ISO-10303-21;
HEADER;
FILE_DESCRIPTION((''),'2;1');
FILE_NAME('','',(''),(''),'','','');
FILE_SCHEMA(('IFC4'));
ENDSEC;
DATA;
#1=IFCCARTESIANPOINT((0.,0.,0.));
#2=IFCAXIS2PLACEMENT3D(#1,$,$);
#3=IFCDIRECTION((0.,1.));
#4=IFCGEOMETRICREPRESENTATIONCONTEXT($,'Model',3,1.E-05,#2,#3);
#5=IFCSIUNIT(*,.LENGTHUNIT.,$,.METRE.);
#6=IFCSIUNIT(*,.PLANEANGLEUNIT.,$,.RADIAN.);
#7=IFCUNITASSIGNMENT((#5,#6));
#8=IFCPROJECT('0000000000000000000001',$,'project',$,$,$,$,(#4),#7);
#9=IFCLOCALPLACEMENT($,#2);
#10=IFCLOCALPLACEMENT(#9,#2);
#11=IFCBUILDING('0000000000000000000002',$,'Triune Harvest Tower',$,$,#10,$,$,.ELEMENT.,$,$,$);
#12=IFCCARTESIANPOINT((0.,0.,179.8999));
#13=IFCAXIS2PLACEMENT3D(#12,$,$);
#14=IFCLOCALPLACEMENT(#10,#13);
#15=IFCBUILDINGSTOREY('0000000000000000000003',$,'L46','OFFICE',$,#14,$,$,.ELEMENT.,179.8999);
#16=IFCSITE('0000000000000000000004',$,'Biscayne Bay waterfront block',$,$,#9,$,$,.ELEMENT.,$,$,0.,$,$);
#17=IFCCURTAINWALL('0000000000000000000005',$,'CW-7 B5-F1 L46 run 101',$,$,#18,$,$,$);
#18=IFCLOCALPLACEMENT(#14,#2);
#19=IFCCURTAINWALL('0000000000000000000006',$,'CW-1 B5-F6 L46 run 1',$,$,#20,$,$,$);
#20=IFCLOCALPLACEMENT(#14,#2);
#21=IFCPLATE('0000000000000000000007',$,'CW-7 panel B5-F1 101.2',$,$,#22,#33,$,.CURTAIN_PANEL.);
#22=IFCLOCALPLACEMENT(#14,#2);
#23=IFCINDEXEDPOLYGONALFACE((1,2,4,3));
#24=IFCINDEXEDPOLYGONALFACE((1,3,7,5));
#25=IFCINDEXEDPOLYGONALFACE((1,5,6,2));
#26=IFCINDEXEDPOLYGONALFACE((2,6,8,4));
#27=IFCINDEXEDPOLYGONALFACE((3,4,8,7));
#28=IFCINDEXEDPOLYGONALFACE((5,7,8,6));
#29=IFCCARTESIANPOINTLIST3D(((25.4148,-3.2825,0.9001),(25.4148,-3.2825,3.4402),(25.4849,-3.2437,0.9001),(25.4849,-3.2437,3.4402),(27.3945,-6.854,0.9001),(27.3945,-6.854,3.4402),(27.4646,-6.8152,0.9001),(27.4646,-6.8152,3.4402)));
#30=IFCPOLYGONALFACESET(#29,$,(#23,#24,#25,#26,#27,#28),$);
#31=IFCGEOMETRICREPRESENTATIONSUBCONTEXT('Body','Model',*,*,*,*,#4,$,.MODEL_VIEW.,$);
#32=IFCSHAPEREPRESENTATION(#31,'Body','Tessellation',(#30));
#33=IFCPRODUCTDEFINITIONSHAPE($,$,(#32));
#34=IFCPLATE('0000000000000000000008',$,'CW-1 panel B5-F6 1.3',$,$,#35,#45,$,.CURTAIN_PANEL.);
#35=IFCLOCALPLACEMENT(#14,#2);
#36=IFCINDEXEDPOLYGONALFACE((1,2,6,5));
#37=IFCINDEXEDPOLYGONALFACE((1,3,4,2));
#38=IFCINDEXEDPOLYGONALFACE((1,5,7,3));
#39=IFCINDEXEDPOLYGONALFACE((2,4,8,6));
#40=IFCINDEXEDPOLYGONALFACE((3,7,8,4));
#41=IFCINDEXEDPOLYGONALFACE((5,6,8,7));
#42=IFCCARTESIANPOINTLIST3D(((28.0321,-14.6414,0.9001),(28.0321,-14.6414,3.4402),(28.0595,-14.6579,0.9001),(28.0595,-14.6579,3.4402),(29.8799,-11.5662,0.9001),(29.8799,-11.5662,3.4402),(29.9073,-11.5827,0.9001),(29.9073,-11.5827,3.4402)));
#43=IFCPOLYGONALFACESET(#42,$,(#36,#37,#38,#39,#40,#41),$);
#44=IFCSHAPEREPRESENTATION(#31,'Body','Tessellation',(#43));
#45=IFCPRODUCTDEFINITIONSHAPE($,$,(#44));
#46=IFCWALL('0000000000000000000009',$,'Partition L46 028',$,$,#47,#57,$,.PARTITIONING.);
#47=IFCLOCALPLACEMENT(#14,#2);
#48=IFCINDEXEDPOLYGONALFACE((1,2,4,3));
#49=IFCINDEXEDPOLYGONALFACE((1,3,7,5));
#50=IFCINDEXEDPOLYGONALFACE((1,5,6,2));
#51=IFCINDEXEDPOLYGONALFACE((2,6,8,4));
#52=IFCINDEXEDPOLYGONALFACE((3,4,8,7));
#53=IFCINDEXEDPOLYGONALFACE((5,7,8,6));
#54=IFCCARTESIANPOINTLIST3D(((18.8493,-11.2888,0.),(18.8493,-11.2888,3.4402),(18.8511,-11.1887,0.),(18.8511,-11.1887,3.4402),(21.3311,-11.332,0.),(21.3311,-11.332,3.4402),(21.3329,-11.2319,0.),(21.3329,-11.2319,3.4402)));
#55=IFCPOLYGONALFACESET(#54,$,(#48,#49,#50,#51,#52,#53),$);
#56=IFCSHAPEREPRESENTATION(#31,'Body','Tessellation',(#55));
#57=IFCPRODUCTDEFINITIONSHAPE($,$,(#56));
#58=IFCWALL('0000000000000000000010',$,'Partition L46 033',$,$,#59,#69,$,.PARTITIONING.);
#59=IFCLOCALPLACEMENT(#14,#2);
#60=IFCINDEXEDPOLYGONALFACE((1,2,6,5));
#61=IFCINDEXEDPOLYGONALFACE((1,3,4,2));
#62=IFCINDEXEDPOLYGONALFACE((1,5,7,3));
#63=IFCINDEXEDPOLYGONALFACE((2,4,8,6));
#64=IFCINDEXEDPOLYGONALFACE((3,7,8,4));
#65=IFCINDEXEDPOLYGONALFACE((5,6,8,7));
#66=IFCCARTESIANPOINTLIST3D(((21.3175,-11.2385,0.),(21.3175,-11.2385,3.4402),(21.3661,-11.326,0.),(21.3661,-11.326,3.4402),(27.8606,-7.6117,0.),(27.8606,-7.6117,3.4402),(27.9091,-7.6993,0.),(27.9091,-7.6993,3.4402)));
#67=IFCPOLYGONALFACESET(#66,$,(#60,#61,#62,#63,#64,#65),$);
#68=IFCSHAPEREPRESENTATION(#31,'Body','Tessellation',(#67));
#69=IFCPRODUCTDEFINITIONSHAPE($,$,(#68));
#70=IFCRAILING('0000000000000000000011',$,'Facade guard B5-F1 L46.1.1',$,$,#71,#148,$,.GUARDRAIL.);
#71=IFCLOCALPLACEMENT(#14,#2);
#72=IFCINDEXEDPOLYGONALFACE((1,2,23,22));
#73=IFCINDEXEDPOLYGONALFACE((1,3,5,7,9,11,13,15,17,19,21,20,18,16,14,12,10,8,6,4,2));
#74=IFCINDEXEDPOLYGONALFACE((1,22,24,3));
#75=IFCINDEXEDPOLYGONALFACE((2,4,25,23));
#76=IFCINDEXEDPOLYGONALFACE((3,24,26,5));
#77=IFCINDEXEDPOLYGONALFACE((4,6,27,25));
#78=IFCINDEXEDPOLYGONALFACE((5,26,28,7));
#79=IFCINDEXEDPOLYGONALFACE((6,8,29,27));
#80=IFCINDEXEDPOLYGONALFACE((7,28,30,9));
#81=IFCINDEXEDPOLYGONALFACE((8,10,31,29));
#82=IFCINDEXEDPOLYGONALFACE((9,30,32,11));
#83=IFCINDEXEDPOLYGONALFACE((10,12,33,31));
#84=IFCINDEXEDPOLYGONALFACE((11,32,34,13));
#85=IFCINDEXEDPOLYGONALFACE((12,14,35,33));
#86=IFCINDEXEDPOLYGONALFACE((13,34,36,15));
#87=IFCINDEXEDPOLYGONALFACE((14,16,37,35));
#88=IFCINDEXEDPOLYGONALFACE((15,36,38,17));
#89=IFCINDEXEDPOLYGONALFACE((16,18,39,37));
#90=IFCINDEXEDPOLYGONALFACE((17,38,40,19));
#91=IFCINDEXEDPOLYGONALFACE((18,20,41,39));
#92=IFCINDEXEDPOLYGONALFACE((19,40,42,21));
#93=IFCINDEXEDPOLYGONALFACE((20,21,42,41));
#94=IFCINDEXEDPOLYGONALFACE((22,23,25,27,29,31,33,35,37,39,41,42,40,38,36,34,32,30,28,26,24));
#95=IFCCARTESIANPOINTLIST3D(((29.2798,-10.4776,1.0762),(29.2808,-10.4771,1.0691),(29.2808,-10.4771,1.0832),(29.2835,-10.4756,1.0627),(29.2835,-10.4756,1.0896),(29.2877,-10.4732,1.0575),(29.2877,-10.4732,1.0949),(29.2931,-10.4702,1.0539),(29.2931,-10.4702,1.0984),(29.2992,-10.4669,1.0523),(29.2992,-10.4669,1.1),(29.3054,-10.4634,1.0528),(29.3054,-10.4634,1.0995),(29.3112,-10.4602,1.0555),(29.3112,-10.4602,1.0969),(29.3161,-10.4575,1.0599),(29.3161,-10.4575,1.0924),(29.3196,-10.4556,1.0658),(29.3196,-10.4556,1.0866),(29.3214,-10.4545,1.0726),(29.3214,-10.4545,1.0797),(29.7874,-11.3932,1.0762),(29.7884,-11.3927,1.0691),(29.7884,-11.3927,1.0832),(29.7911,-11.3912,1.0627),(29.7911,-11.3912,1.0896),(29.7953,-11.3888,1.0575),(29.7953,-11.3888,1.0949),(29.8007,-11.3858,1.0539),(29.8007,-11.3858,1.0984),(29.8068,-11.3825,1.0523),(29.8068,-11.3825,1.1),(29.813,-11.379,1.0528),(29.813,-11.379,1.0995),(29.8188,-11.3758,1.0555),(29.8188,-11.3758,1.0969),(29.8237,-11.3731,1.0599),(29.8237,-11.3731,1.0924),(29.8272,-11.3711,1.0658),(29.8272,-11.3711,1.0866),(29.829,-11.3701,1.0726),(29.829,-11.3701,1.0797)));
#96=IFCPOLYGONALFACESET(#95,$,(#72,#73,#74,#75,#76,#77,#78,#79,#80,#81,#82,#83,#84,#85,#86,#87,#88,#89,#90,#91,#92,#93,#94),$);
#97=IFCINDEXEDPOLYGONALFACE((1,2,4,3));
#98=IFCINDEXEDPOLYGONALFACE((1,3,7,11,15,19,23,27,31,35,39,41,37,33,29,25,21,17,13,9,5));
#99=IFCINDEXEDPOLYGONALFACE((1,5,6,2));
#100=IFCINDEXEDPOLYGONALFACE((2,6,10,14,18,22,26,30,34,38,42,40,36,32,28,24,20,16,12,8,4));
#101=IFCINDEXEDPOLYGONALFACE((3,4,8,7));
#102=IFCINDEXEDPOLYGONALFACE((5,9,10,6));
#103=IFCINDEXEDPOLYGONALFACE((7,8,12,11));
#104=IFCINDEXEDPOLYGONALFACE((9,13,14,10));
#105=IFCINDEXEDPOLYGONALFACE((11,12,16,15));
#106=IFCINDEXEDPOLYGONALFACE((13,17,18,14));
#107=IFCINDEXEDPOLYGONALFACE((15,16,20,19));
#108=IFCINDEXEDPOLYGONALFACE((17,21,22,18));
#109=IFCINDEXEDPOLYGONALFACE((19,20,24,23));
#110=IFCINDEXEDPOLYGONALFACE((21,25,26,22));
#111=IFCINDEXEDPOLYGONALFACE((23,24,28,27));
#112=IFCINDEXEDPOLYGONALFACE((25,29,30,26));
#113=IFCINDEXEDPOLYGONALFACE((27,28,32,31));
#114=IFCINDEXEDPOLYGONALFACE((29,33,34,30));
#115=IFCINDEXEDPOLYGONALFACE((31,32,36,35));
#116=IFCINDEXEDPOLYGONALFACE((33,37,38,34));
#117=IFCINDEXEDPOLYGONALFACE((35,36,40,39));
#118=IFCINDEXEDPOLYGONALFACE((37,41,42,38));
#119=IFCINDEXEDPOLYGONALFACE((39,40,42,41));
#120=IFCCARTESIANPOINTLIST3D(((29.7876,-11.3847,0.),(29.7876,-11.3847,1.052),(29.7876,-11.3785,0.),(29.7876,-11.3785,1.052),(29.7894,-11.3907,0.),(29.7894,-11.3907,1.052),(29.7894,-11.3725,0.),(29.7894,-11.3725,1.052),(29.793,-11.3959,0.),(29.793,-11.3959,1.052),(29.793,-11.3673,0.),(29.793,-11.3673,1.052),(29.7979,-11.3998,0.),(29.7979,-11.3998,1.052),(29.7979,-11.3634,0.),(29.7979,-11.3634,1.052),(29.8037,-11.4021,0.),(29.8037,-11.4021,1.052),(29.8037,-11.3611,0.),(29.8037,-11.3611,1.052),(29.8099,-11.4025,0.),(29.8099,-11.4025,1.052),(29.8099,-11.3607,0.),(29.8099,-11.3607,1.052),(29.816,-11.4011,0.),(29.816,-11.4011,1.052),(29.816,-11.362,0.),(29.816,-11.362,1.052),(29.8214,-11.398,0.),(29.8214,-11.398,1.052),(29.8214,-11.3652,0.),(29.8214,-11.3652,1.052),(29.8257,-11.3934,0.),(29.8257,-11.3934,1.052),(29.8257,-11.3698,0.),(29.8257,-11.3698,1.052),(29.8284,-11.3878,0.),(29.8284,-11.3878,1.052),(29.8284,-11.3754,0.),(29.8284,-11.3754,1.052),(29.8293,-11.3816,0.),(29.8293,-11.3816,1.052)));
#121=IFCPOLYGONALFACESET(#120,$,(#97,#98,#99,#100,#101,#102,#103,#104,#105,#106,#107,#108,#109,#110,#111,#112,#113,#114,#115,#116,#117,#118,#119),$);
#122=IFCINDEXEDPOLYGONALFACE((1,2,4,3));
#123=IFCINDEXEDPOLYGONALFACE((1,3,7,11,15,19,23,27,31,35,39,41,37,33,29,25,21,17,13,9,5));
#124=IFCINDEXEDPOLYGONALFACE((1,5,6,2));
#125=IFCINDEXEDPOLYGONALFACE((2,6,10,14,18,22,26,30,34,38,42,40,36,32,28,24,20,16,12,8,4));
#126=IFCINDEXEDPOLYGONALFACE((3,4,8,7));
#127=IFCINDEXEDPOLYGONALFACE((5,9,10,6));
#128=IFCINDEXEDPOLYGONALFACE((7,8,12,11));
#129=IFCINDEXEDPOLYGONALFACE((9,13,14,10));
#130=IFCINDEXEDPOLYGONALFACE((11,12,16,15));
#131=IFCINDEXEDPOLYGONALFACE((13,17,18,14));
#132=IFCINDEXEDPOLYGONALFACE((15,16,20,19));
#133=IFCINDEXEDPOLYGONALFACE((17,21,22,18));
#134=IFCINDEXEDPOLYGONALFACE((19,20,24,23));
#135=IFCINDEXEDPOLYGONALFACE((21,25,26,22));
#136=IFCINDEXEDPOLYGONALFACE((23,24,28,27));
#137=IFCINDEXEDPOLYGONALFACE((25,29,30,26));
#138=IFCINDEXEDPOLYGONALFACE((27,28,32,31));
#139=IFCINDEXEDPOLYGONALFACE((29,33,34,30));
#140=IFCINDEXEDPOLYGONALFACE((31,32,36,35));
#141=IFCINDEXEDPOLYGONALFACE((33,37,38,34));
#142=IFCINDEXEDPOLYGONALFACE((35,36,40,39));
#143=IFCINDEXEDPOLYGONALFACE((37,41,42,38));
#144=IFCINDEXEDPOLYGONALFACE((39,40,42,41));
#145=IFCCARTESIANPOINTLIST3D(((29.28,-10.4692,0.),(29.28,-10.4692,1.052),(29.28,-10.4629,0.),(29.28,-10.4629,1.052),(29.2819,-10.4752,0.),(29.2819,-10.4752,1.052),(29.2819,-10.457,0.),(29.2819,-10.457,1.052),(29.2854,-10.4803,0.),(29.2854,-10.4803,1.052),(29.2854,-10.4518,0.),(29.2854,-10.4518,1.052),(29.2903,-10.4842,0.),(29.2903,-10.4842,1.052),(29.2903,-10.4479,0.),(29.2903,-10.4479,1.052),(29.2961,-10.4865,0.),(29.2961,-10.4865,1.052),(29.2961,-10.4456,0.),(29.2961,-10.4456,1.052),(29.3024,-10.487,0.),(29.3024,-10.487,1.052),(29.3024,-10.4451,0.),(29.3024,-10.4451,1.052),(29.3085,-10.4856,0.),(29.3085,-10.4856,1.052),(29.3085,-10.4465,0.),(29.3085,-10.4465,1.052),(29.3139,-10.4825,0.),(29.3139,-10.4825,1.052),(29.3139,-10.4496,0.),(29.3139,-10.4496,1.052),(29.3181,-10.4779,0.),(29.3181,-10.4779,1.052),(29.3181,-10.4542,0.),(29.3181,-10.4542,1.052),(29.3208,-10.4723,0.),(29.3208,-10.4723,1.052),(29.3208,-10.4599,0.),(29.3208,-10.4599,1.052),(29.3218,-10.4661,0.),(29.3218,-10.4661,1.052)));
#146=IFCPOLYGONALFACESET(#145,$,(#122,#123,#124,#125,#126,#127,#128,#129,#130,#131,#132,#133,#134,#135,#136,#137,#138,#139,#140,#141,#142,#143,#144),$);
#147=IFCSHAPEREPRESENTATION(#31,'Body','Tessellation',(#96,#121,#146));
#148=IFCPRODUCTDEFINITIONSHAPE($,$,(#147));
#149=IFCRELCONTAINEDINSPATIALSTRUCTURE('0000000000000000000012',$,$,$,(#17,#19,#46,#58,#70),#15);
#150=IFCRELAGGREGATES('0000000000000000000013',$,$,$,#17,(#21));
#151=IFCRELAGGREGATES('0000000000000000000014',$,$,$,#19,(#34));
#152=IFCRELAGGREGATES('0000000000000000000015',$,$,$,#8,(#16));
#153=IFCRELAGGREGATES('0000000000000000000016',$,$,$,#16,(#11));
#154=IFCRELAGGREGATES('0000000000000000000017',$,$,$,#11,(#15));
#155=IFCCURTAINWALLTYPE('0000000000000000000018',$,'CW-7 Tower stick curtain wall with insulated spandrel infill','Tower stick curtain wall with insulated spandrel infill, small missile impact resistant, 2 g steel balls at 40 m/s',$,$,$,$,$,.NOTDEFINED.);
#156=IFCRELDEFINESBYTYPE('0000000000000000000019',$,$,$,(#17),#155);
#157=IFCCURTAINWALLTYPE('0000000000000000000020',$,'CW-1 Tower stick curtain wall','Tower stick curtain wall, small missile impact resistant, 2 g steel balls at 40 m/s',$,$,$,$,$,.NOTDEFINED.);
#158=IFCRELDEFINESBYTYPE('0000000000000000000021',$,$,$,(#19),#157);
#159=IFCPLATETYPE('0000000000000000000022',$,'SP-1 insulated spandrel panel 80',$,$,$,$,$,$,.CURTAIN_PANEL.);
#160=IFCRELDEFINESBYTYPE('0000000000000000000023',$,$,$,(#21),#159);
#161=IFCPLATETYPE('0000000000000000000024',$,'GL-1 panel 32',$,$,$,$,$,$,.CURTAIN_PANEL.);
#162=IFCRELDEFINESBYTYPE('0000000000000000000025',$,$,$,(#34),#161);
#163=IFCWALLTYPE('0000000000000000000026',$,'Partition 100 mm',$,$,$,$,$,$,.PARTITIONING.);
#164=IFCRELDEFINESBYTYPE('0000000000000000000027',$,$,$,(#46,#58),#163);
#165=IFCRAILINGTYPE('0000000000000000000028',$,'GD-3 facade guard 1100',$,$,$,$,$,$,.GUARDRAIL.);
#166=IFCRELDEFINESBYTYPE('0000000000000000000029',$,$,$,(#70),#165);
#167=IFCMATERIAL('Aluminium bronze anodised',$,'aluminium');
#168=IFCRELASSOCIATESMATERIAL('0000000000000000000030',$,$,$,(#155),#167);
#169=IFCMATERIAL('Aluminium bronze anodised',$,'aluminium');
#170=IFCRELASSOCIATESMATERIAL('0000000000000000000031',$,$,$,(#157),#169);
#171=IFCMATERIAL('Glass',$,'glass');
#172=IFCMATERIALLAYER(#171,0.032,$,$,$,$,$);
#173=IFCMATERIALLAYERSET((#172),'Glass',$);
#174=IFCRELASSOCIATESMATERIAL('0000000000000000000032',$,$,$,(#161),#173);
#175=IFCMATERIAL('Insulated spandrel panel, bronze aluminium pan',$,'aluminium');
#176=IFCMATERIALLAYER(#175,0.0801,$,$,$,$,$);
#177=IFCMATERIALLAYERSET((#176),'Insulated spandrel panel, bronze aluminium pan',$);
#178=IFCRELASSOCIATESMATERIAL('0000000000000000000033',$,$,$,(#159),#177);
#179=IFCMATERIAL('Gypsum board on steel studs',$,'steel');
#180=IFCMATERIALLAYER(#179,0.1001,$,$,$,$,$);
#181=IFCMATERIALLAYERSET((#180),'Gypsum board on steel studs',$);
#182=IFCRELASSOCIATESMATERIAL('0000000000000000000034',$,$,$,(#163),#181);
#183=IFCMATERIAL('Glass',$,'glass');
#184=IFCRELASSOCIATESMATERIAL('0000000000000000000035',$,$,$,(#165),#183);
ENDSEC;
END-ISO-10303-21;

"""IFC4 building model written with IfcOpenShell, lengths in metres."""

from ifc_helpers import new_model, si_unit, direction, frame, frame_2d, origin, origin_2d, place, context, subcontext, project, spatial, rectangle, circle, extrude, source, transform, mapped, material, layer, layer_set, type_object, element, aggregate, save


model = new_model("IFC4")

# Units and contexts
model_context = context("Model", 3, precision=1e-05, world=origin(), true_north=direction((0.0, 1.0)))
body_context = subcontext(model_context, "Body", "Model", "MODEL_VIEW")
ifc_project = project(units=[si_unit("LENGTHUNIT", "METRE"), si_unit("PLANEANGLEUNIT", "RADIAN")], contexts=[model_context])

# Site, building, storey
site_placement = place(None, origin())
site = spatial("IfcSite", under=ifc_project, at=site_placement, Name="Biscayne Bay waterfront block", CompositionType="ELEMENT", RefElevation=0.0)
building_placement = place(site_placement, origin())
building = spatial("IfcBuilding", under=site, at=building_placement, Name="Triune Harvest Tower", CompositionType="ELEMENT")
storey_placement = place(building_placement, frame((0.0, 0.0, 179.8999)))
storey = spatial("IfcBuildingStorey", under=building, at=storey_placement, Name="L46", Description="OFFICE", CompositionType="ELEMENT", Elevation=179.8999)

# Curtain wall
ifc_material_1 = material(Name="Aluminium bronze anodised", Category="aluminium")
curtain_wall_type_1 = type_object("IfcCurtainWallType", Name="CW-7 Tower stick curtain wall with insulated spandrel infill", Description="Tower stick curtain wall with insulated spandrel infill, small missile impact resistant, 2 g steel balls at 40 m/s", PredefinedType="NOTDEFINED", material=ifc_material_1)
curtain_wall_1_placement = place(storey_placement, origin())
curtain_wall_1 = element("IfcCurtainWall", 1, at=curtain_wall_1_placement, inside=storey, type_object=curtain_wall_type_1, Name="CW-7 B5-F1 L46 run 101")

# Curtain wall
ifc_material_2 = material(Name="Aluminium bronze anodised", Category="aluminium")
curtain_wall_type_2 = type_object("IfcCurtainWallType", Name="CW-1 Tower stick curtain wall", Description="Tower stick curtain wall, small missile impact resistant, 2 g steel balls at 40 m/s", PredefinedType="NOTDEFINED", material=ifc_material_2)
curtain_wall_2_placement = place(storey_placement, origin())
curtain_wall_2 = element("IfcCurtainWall", 2, at=curtain_wall_2_placement, inside=storey, type_object=curtain_wall_type_2, Name="CW-1 B5-F6 L46 run 1")

# Plates
ifc_material_3 = material(Name="Glass", Category="glass")
ifc_layer_1 = layer(ifc_material_3, 0.032)
ifc_layer_set_1 = layer_set([ifc_layer_1], Name="Glass")
plate_type_1 = type_object("IfcPlateType", Name="GL-1 panel 32", PredefinedType="CURTAIN_PANEL", material=ifc_layer_set_1)
ifc_material_4 = material(Name="Insulated spandrel panel, bronze aluminium pan", Category="aluminium")
ifc_layer_2 = layer(ifc_material_4, 0.0801)
ifc_layer_set_2 = layer_set([ifc_layer_2], Name="Insulated spandrel panel, bronze aluminium pan")
plate_type_2 = type_object("IfcPlateType", Name="SP-1 insulated spandrel panel 80", PredefinedType="CURTAIN_PANEL", material=ifc_layer_set_2)
shared_shape_1 = source(origin(), body_context, "Body", "SweptSolid", [
    extrude(rectangle(XDim=4.0835, YDim=0.0801, at=origin_2d()), origin(), (0.0, 0.0, 1.0), 2.54),
])
plate_1_placement = place(storey_placement, frame((26.4397, -5.0488, 0.9001), z_axis=(0.0, 0.0, 1.0), x_axis=(-0.48481, 0.874619, 0.0)))
plate_1 = element("IfcPlate", 3, at=plate_1_placement, type_object=plate_type_2, Name="CW-7 panel B5-F1 101.2", PredefinedType="CURTAIN_PANEL", context=body_context, shape_type="MappedRepresentation", body=[
    mapped(shared_shape_1, transform((0.0, 0.0, 0.0), scale=1.0)),
])
aggregate(curtain_wall_1, [plate_1])
shared_shape_2 = source(origin(), body_context, "Body", "SweptSolid", [
    extrude(rectangle(XDim=3.5876, YDim=0.032, at=origin_2d()), origin(), (0.0, 0.0, 1.0), 2.54),
])
plate_2_placement = place(storey_placement, frame((28.9697, -13.1121, 0.9001), z_axis=(0.0, 0.0, 1.0), x_axis=(0.515037, 0.857168, 0.0)))
plate_2 = element("IfcPlate", 4, at=plate_2_placement, type_object=plate_type_1, Name="CW-1 panel B5-F6 1.3", PredefinedType="CURTAIN_PANEL", context=body_context, shape_type="MappedRepresentation", body=[
    mapped(shared_shape_2, transform((0.0, 0.0, 0.0), scale=1.0)),
])
aggregate(curtain_wall_2, [plate_2])

# Walls
ifc_material_5 = material(Name="Gypsum board on steel studs", Category="steel")
ifc_layer_3 = layer(ifc_material_5, 0.1001)
ifc_layer_set_3 = layer_set([ifc_layer_3], Name="Gypsum board on steel studs")
wall_type = type_object("IfcWallType", Name="Partition 100 mm", PredefinedType="PARTITIONING", material=ifc_layer_set_3)
wall_1_placement = place(storey_placement, frame((18.8501, -11.2388, 0.0), z_axis=(0.0, 0.0, 1.0), x_axis=(0.999848, -0.01741, 0.0)))
element("IfcWall", 5, at=wall_1_placement, inside=storey, type_object=wall_type, Name="Partition L46 028", PredefinedType="PARTITIONING", context=body_context, shape_type="SweptSolid", body=[
    extrude(rectangle(XDim=2.4822, YDim=0.1001, at=frame_2d((1.2412, 0.0))), origin(), (0.0, 0.0, 1.0), 3.4402),
])
wall_2_placement = place(storey_placement, frame((21.3418, -11.2822, 0.0), z_axis=(0.0, 0.0, 1.0), x_axis=(0.874626, 0.484798, 0.0)))
element("IfcWall", 6, at=wall_2_placement, inside=storey, type_object=wall_type, Name="Partition L46 033", PredefinedType="PARTITIONING", context=body_context, shape_type="SweptSolid", body=[
    extrude(rectangle(XDim=7.481, YDim=0.1001, at=frame_2d((3.7405, 0.0))), origin(), (0.0, 0.0, 1.0), 3.4402),
])

# Railing
ifc_material_6 = material(Name="Glass", Category="glass")
railing_type = type_object("IfcRailingType", Name="GD-3 facade guard 1100", PredefinedType="GUARDRAIL", material=ifc_material_6)
railing_placement = place(storey_placement, frame((29.8083, -11.3816, 0.0)))
element("IfcRailing", 7, at=railing_placement, inside=storey, type_object=railing_type, Name="Facade guard B5-F1 L46.1.1", PredefinedType="GUARDRAIL", context=body_context, shape_type="SweptSolid", body=[
    extrude(circle(Radius=0.0239, at=origin_2d()), frame((0.0, 0.0, 1.0762), z_axis=(-0.48487, 0.874586, 0.0), x_axis=(-0.874586, -0.48487, 0.0)), (0.0, 0.0, 1.0), 1.0469),
    extrude(circle(Radius=0.021, at=origin_2d()), origin(), (0.0, 0.0, 1.0), 1.052),
    extrude(circle(Radius=0.021, at=origin_2d()), frame((-0.5076, 0.9155, 0.0)), (0.0, 0.0, 1.0), 1.052),
])

save(model, "model.ifc")
